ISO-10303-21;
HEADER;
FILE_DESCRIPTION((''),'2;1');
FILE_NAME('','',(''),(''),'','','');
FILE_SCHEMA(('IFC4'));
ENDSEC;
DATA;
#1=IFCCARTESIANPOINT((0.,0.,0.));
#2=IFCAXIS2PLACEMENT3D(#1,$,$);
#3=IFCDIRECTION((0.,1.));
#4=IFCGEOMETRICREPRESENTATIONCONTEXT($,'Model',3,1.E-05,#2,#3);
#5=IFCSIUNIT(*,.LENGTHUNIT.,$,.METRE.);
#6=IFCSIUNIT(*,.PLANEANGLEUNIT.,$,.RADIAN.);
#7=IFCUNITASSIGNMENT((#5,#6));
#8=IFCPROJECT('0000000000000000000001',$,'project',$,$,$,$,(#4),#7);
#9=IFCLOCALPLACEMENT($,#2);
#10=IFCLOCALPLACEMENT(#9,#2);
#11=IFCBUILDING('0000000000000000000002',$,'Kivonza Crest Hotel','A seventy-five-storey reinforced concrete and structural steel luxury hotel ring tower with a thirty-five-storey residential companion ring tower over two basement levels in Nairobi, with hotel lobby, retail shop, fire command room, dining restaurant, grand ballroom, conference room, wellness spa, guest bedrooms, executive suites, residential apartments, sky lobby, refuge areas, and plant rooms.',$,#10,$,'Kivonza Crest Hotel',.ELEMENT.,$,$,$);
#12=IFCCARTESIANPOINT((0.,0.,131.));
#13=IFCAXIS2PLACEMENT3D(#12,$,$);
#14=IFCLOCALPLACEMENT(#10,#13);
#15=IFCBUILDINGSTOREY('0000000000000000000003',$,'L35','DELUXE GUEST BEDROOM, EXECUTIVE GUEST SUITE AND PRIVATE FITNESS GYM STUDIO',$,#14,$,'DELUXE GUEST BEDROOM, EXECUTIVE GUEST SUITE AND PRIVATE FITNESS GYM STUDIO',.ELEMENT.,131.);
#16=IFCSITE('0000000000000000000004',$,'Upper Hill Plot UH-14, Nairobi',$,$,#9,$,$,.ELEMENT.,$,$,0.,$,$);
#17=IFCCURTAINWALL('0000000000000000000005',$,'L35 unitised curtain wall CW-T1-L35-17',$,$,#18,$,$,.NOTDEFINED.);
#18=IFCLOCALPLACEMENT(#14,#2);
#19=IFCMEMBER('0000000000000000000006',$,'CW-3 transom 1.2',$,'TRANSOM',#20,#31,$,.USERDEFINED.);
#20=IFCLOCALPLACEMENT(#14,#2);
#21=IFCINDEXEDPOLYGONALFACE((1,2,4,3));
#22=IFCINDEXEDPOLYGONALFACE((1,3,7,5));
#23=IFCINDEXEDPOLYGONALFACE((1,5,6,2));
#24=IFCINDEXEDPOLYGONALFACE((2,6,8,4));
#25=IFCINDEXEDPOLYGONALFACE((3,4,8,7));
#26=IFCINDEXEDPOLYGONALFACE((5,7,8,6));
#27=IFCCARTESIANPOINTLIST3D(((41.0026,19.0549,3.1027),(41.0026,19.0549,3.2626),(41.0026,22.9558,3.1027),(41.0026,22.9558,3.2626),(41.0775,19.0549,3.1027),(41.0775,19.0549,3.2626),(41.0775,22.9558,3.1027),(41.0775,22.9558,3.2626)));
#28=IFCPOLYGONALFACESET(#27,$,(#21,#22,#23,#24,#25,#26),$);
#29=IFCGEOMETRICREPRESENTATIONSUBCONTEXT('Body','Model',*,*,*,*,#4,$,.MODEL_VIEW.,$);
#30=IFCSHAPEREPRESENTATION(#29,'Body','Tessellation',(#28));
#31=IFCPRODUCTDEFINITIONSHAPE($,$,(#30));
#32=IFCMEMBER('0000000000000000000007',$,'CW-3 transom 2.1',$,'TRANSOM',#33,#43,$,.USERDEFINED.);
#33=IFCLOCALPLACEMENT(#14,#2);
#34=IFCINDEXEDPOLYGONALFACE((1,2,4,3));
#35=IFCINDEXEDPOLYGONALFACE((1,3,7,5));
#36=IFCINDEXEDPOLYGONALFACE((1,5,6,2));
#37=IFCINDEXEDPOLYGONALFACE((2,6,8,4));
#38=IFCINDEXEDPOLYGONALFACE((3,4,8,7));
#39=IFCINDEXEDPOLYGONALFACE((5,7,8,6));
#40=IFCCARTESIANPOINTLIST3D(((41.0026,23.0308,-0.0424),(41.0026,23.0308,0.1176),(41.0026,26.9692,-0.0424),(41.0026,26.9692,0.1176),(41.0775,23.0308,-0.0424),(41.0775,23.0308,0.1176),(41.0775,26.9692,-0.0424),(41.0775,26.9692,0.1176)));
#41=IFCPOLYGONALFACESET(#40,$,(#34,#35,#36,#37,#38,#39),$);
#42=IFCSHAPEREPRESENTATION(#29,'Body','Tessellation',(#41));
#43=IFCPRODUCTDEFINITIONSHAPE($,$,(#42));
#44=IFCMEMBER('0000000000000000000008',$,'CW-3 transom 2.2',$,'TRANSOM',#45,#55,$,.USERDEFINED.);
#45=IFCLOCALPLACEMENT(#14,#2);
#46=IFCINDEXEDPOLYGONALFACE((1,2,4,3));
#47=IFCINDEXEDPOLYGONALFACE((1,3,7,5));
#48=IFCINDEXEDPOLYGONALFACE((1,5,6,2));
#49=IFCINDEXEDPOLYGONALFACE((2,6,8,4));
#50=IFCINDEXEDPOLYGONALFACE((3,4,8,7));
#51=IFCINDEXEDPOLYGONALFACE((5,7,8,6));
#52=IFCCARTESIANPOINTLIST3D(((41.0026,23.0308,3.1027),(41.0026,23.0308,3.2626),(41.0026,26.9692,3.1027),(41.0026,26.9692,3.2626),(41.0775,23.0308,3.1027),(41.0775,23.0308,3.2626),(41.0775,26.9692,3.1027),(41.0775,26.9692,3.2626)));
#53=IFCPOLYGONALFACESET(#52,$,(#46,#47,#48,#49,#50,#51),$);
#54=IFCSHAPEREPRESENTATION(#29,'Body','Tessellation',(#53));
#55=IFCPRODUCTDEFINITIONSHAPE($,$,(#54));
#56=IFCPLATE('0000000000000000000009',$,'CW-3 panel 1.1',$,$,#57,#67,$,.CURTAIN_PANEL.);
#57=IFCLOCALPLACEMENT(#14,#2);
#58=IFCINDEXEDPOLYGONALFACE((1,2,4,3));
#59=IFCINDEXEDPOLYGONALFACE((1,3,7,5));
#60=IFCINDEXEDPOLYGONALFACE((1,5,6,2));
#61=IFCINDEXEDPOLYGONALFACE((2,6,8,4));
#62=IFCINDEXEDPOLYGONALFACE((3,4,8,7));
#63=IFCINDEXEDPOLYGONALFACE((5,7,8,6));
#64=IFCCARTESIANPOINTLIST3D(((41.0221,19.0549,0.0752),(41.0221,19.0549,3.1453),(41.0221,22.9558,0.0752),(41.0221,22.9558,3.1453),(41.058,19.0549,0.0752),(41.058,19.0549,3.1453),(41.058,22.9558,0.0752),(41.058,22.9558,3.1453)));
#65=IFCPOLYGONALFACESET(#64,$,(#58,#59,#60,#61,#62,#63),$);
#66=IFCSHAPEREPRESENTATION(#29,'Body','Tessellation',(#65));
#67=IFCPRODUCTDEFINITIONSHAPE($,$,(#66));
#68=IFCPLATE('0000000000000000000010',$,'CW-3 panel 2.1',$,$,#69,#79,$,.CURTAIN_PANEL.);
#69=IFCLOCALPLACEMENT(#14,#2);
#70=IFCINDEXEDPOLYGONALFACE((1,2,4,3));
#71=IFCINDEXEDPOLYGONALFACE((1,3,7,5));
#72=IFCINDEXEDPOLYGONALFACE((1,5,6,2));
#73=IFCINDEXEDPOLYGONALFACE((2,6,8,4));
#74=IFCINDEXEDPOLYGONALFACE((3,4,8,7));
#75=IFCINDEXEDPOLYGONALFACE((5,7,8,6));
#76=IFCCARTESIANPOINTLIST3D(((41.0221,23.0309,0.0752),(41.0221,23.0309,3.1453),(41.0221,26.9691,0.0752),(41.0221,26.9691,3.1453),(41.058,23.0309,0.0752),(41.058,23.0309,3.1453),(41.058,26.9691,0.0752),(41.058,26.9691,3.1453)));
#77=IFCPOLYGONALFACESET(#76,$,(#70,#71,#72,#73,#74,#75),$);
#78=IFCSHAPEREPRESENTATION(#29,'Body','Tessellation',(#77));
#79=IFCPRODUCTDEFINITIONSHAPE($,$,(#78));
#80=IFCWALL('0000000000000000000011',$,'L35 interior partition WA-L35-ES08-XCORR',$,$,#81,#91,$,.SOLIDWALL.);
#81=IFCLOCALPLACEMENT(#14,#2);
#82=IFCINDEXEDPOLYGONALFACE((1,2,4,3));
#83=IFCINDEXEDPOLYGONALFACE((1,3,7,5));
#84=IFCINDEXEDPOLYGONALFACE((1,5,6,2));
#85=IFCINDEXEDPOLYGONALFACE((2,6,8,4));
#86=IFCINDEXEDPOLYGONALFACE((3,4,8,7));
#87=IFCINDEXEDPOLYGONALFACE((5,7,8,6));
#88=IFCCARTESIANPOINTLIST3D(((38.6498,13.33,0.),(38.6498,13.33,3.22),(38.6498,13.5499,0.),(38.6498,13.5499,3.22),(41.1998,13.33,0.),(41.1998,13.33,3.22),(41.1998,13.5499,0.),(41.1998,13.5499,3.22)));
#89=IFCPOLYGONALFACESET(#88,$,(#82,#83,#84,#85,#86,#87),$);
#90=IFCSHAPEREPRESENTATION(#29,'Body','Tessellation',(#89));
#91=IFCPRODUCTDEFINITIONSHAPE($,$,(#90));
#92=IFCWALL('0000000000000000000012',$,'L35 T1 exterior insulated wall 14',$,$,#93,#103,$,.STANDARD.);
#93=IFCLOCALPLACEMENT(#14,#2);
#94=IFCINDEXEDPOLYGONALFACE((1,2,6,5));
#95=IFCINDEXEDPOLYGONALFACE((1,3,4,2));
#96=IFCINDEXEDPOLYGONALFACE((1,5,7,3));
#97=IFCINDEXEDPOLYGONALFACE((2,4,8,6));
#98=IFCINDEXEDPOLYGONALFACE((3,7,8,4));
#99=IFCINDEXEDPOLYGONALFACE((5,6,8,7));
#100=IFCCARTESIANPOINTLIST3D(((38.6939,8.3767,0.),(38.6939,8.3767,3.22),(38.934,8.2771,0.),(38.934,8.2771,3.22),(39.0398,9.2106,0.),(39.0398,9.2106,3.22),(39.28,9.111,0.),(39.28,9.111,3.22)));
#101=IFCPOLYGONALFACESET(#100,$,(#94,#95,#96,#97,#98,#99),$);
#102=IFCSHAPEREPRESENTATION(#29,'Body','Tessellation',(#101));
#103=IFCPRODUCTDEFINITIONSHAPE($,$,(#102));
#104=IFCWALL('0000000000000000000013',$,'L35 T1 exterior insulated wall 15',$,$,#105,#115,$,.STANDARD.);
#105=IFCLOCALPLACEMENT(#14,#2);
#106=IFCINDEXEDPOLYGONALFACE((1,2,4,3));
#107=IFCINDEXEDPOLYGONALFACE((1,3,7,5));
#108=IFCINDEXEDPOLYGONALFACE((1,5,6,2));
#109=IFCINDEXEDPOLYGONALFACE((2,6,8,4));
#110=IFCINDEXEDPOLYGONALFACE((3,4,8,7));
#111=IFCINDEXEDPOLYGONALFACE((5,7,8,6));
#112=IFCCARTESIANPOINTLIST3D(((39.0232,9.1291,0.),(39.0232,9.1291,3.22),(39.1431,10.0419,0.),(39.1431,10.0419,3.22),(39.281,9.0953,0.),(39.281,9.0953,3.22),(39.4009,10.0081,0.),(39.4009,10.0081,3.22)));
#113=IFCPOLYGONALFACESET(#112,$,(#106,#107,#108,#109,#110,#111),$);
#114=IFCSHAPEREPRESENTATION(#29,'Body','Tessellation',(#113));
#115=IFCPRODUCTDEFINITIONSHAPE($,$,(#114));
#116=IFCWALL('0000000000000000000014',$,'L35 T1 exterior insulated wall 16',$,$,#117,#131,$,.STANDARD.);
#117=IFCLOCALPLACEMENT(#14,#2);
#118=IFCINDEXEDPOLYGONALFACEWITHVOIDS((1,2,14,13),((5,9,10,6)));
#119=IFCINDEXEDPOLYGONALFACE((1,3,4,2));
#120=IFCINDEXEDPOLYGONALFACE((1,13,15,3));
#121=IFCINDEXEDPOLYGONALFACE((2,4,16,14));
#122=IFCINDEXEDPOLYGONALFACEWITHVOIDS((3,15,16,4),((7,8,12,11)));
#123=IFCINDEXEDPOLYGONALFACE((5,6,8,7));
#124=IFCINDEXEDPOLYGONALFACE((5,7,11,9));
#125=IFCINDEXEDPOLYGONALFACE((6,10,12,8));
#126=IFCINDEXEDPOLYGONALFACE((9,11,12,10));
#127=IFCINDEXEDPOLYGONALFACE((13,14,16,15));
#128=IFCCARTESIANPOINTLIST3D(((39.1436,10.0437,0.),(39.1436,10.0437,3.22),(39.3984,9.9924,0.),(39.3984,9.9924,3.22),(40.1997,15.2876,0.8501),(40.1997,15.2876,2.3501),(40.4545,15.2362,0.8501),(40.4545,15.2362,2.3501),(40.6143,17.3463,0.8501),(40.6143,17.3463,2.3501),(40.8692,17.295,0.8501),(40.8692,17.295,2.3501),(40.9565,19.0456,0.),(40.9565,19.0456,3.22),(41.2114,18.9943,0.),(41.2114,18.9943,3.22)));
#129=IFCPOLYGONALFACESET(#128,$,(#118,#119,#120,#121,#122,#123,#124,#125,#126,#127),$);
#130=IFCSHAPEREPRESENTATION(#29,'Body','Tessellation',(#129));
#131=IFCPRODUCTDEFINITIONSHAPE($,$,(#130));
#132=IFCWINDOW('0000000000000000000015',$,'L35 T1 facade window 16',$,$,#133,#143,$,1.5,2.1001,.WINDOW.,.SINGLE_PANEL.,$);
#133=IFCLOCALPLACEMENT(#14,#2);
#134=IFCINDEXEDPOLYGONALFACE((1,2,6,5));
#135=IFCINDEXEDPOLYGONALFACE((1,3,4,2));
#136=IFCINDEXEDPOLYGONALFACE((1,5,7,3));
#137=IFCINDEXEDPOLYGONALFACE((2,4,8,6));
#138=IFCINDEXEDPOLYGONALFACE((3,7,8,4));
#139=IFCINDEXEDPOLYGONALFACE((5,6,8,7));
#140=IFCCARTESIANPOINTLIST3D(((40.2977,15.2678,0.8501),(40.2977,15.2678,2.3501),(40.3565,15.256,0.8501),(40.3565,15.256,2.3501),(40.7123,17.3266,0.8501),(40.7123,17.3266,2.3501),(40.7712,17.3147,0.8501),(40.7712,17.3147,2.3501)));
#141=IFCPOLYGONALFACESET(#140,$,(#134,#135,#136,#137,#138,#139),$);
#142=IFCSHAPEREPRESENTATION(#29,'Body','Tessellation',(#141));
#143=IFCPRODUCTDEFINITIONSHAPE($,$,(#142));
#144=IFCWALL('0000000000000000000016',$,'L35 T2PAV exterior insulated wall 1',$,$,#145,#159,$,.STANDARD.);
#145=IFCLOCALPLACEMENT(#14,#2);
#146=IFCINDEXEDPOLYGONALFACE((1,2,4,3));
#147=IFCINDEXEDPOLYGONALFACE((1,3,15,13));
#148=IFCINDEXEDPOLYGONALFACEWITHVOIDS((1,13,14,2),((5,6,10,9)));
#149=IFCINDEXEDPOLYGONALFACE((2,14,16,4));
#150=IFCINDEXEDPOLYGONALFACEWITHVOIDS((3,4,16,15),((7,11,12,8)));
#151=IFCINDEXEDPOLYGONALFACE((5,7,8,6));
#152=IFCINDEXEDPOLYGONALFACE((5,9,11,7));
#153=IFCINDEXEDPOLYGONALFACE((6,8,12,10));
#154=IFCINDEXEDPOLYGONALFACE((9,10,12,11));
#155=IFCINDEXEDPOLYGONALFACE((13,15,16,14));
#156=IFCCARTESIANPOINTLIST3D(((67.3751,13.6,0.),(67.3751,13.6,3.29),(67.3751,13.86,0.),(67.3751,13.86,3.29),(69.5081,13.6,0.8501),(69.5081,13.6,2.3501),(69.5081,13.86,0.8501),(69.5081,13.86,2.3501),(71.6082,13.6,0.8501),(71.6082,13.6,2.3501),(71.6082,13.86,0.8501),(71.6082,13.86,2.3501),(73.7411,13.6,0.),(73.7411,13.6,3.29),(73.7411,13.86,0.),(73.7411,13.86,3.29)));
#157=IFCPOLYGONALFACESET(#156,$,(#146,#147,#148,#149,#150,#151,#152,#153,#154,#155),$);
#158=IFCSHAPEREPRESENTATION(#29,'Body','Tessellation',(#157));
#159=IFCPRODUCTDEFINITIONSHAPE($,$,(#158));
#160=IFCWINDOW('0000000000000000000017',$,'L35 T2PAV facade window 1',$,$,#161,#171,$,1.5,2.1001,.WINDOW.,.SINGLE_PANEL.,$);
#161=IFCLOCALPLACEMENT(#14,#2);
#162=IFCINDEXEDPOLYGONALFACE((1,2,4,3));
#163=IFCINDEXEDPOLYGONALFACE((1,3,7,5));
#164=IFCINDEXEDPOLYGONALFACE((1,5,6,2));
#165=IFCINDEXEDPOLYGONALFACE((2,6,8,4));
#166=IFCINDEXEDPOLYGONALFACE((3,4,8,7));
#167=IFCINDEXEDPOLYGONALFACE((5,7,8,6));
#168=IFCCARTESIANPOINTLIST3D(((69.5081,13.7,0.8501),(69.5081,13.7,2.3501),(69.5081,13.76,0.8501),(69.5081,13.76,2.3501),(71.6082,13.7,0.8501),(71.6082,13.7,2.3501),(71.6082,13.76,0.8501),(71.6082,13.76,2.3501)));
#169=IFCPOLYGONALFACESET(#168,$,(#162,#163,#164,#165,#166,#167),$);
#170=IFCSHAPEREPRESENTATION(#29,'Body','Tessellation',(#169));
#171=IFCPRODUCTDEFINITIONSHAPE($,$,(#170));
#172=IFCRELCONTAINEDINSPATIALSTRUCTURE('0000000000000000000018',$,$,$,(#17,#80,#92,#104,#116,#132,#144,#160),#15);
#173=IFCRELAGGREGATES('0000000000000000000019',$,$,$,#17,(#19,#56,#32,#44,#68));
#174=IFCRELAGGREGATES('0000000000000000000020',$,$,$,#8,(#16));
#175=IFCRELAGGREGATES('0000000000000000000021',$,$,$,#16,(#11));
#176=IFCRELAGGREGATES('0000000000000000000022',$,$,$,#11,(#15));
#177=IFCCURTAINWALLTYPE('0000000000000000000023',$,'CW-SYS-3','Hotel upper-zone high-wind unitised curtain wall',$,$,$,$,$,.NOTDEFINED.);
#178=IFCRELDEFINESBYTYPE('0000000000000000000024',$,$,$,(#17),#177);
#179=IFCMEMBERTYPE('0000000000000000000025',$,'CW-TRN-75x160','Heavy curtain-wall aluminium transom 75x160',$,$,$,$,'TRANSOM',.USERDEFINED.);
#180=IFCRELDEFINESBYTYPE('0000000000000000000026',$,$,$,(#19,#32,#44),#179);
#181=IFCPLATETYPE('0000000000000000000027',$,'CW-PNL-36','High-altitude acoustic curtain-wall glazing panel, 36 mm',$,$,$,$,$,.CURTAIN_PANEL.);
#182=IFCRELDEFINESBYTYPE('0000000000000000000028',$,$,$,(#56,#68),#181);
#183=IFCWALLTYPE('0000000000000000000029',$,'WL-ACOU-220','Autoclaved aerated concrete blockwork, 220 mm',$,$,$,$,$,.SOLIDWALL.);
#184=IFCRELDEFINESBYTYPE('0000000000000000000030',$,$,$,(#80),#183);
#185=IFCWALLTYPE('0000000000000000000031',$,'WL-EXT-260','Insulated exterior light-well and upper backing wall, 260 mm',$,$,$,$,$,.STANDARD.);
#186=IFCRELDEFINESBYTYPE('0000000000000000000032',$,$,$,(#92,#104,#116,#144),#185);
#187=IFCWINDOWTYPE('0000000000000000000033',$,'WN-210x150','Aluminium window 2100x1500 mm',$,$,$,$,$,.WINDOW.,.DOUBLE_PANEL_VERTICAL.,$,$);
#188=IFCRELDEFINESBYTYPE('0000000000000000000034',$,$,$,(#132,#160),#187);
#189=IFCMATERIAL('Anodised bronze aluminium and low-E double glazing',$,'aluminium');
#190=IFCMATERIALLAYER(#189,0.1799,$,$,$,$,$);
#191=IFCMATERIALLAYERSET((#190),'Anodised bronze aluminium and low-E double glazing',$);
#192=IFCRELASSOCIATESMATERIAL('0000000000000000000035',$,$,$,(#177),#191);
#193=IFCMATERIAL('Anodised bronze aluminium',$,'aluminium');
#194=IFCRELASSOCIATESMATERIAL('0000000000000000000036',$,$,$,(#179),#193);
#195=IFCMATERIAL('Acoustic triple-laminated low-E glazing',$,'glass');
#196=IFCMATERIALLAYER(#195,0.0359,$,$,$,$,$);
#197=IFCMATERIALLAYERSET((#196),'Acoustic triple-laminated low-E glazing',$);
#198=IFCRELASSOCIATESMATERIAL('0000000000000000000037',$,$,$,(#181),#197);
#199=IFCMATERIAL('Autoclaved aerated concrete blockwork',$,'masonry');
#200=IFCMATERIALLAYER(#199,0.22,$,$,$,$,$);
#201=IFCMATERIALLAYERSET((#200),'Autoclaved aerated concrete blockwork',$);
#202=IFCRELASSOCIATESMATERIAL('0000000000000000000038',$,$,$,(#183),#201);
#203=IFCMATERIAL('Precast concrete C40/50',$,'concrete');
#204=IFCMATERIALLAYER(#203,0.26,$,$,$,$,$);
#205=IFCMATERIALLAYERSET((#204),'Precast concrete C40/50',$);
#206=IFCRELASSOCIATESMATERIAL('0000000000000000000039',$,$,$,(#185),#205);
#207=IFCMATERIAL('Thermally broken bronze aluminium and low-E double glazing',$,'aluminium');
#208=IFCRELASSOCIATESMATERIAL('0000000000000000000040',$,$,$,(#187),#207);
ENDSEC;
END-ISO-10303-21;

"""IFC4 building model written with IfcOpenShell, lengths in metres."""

from ifc_helpers import new_model, si_unit, direction, frame, frame_2d, origin, origin_2d, place, context, subcontext, project, spatial, rectangle, extrude, material, layer, layer_set, material_profile, profile_set, type_object, element, fill, aggregate, save


model = new_model("IFC4")

# Units and contexts
model_context = context("Model", 3, precision=1e-05, world=origin(), true_north=direction((0.0, 1.0)))
body_context = subcontext(model_context, "Body", "Model", "MODEL_VIEW")
ifc_project = project(units=[si_unit("LENGTHUNIT", "METRE"), si_unit("PLANEANGLEUNIT", "RADIAN")], contexts=[model_context])

# Site, building, storey
site_placement = place(None, origin())
site = spatial("IfcSite", under=ifc_project, at=site_placement, Name="Upper Hill Plot UH-14, Nairobi", CompositionType="ELEMENT", RefElevation=0.0)
building_placement = place(site_placement, origin())
building = spatial("IfcBuilding", under=site, at=building_placement, Name="Kivonza Crest Hotel", Description="A seventy-five-storey reinforced concrete and structural steel luxury hotel ring tower with a thirty-five-storey residential companion ring tower over two basement levels in Nairobi, with hotel lobby, retail shop, fire command room, dining restaurant, grand ballroom, conference room, wellness spa, guest bedrooms, executive suites, residential apartments, sky lobby, refuge areas, and plant rooms.", LongName="Kivonza Crest Hotel", CompositionType="ELEMENT")
storey_placement = place(building_placement, frame((0.0, 0.0, 131.0)))
storey = spatial("IfcBuildingStorey", under=building, at=storey_placement, Name="L35", Description="DELUXE GUEST BEDROOM, EXECUTIVE GUEST SUITE AND PRIVATE FITNESS GYM STUDIO", LongName="DELUXE GUEST BEDROOM, EXECUTIVE GUEST SUITE AND PRIVATE FITNESS GYM STUDIO", CompositionType="ELEMENT", Elevation=131.0)

# Curtain wall, members, plates
ifc_material_1 = material(Name="Anodised bronze aluminium and low-E double glazing", Category="aluminium")
ifc_layer_1 = layer(ifc_material_1, 0.1799)
ifc_layer_set_1 = layer_set([ifc_layer_1], Name="Anodised bronze aluminium and low-E double glazing")
curtain_wall_type = type_object("IfcCurtainWallType", Name="CW-SYS-3", Description="Hotel upper-zone high-wind unitised curtain wall", PredefinedType="NOTDEFINED", material=ifc_layer_set_1)
curtain_wall_placement = place(storey_placement, origin())
curtain_wall = element("IfcCurtainWall", 1, at=curtain_wall_placement, inside=storey, type_object=curtain_wall_type, Name="L35 unitised curtain wall CW-T1-L35-17", PredefinedType="NOTDEFINED")
ifc_material_2 = material(Name="Anodised bronze aluminium", Category="aluminium")
ifc_material_profile_1 = material_profile(ifc_material_2, rectangle(XDim=0.075, YDim=0.1599, at=origin_2d()), Name="CW-T 75x160")
ifc_profile_set_1 = profile_set([ifc_material_profile_1], Name="Anodised bronze aluminium")
member_type_1 = type_object("IfcMemberType", Name="CW-TRN-75x160", Description="Heavy curtain-wall aluminium transom 75x160", ElementType="TRANSOM", PredefinedType="USERDEFINED", material=ifc_profile_set_1)
member_1_placement = place(storey_placement, frame((41.04, 19.0549, 3.1826), z_axis=(0.0, 1.0, 0.0), x_axis=(-1.0, 0.0, 0.0)))
member_1 = element("IfcMember", 2, at=member_1_placement, type_object=member_type_1, Name="CW-3 transom 1.2", ObjectType="TRANSOM", PredefinedType="USERDEFINED", context=body_context, shape_type="SweptSolid", body=[
    extrude(rectangle(XDim=0.075, YDim=0.1599, at=origin_2d()), origin(), (0.0, 0.0, 1.0), 3.9009),
])
member_2_placement = place(storey_placement, frame((41.04, 23.0308, 0.0376), z_axis=(0.0, 1.0, 0.0), x_axis=(-1.0, 0.0, 0.0)))
member_2 = element("IfcMember", 3, at=member_2_placement, type_object=member_type_1, Name="CW-3 transom 2.1", ObjectType="TRANSOM", PredefinedType="USERDEFINED", context=body_context, shape_type="SweptSolid", body=[
    extrude(rectangle(XDim=0.075, YDim=0.1599, at=origin_2d()), origin(), (0.0, 0.0, 1.0), 3.9385),
])
member_3_placement = place(storey_placement, frame((41.04, 23.0308, 3.1826), z_axis=(0.0, 1.0, 0.0), x_axis=(-1.0, 0.0, 0.0)))
member_3 = element("IfcMember", 4, at=member_3_placement, type_object=member_type_1, Name="CW-3 transom 2.2", ObjectType="TRANSOM", PredefinedType="USERDEFINED", context=body_context, shape_type="SweptSolid", body=[
    extrude(rectangle(XDim=0.075, YDim=0.1599, at=origin_2d()), origin(), (0.0, 0.0, 1.0), 3.9385),
])
ifc_material_3 = material(Name="Acoustic triple-laminated low-E glazing", Category="glass")
ifc_layer_2 = layer(ifc_material_3, 0.0359)
ifc_layer_set_2 = layer_set([ifc_layer_2], Name="Acoustic triple-laminated low-E glazing")
plate_type = type_object("IfcPlateType", Name="CW-PNL-36", Description="High-altitude acoustic curtain-wall glazing panel, 36 mm", PredefinedType="CURTAIN_PANEL", material=ifc_layer_set_2)
plate_1_placement = place(storey_placement, frame((41.04, 21.0054, 0.0752), z_axis=(0.0, 0.0, 1.0), x_axis=(0.0, 1.0, 0.0)))
plate_1 = element("IfcPlate", 5, at=plate_1_placement, type_object=plate_type, Name="CW-3 panel 1.1", PredefinedType="CURTAIN_PANEL", context=body_context, shape_type="SweptSolid", body=[
    extrude(rectangle(XDim=3.9009, YDim=0.0359, at=origin_2d()), origin(), (0.0, 0.0, 1.0), 3.0701),
])
plate_2_placement = place(storey_placement, frame((41.04, 25.0, 0.0752), z_axis=(0.0, 0.0, 1.0), x_axis=(0.0, 1.0, 0.0)))
plate_2 = element("IfcPlate", 6, at=plate_2_placement, type_object=plate_type, Name="CW-3 panel 2.1", PredefinedType="CURTAIN_PANEL", context=body_context, shape_type="SweptSolid", body=[
    extrude(rectangle(XDim=3.9382, YDim=0.0359, at=origin_2d()), origin(), (0.0, 0.0, 1.0), 3.0701),
])
aggregate(curtain_wall, [member_1, plate_1, member_2, member_3, plate_2])

# Walls
ifc_material_4 = material(Name="Autoclaved aerated concrete blockwork", Category="masonry")
ifc_layer_3 = layer(ifc_material_4, 0.22)
ifc_layer_set_3 = layer_set([ifc_layer_3], Name="Autoclaved aerated concrete blockwork")
wall_type_1 = type_object("IfcWallType", Name="WL-ACOU-220", Description="Autoclaved aerated concrete blockwork, 220 mm", PredefinedType="SOLIDWALL", material=ifc_layer_set_3)
wall_1_placement = place(storey_placement, frame((38.6499, 13.4399, 0.0), z_axis=(0.0, 0.0, 1.0), x_axis=(1.0, 0.0, 0.0)))
element("IfcWall", 7, at=wall_1_placement, inside=storey, type_object=wall_type_1, Name="L35 interior partition WA-L35-ES08-XCORR", PredefinedType="SOLIDWALL", context=body_context, shape_type="SweptSolid", body=[
    extrude(rectangle(XDim=2.55, YDim=0.22, at=frame_2d((1.2749, 0.0))), origin(), (0.0, 0.0, 1.0), 3.22),
])
ifc_material_5 = material(Name="Precast concrete C40/50", Category="concrete")
ifc_layer_4 = layer(ifc_material_5, 0.26)
ifc_layer_set_4 = layer_set([ifc_layer_4], Name="Precast concrete C40/50")
wall_type_2 = type_object("IfcWallType", Name="WL-EXT-260", Description="Insulated exterior light-well and upper backing wall, 260 mm", PredefinedType="STANDARD", material=ifc_layer_set_4)
wall_2_placement = place(storey_placement, frame((38.814, 8.3269, 0.0), z_axis=(0.0, 0.0, 1.0), x_axis=(0.383156, 0.923684, 0.0)))
element("IfcWall", 8, at=wall_2_placement, inside=storey, type_object=wall_type_2, Name="L35 T1 exterior insulated wall 14", PredefinedType="STANDARD", context=body_context, shape_type="SweptSolid", body=[
    extrude(rectangle(XDim=0.9028, YDim=0.26, at=frame_2d((0.4514, 0.0))), origin(), (0.0, 0.0, 1.0), 3.22),
])
wall_3_placement = place(storey_placement, frame((39.1521, 9.1121, 0.0), z_axis=(0.0, 0.0, 1.0), x_axis=(0.130201, 0.991488, 0.0)))
element("IfcWall", 9, at=wall_3_placement, inside=storey, type_object=wall_type_2, Name="L35 T1 exterior insulated wall 15", PredefinedType="STANDARD", context=body_context, shape_type="SweptSolid", body=[
    extrude(rectangle(XDim=0.9207, YDim=0.26, at=frame_2d((0.4604, 0.0))), origin(), (0.0, 0.0, 1.0), 3.22),
])

# Walls, openings, windows
wall_4_placement = place(storey_placement, frame((39.271, 10.0181, 0.0), z_axis=(0.0, 0.0, 1.0), x_axis=(0.197435, 0.980316, 0.0)))
wall_4 = element("IfcWall", 10, at=wall_4_placement, inside=storey, type_object=wall_type_2, Name="L35 T1 exterior insulated wall 16", PredefinedType="STANDARD", context=body_context, shape_type="SweptSolid", body=[
    extrude(rectangle(XDim=9.1826, YDim=0.26, at=frame_2d((4.5913, 0.0))), origin(), (0.0, 0.0, 1.0), 3.22),
])
opening_1_placement = place(wall_4_placement, frame((5.3491, 0.0, 0.8501)))
opening_1 = element("IfcOpeningElement", 11, at=opening_1_placement, cuts=wall_4, PredefinedType="OPENING", context=body_context, shape_type="SweptSolid", body=[
    extrude(rectangle(XDim=2.1001, YDim=1.5, at=frame_2d((1.05, 0.75))), frame((0.0, 0.1401, 0.0), z_axis=(0.0, -1.0, 0.0), x_axis=(1.0, 0.0, 0.0)), (0.0, 0.0, 1.0), 0.28),
])
ifc_material_6 = material(Name="Thermally broken bronze aluminium and low-E double glazing", Category="aluminium")
window_type = type_object("IfcWindowType", Name="WN-210x150", Description="Aluminium window 2100x1500 mm", PartitioningType="DOUBLE_PANEL_VERTICAL", PredefinedType="WINDOW", material=ifc_material_6)
window_1_placement = place(opening_1_placement, origin())
window_1 = element("IfcWindow", 12, at=window_1_placement, inside=storey, type_object=window_type, Name="L35 T1 facade window 16", OverallHeight=1.5, OverallWidth=2.1001, PartitioningType="SINGLE_PANEL", PredefinedType="WINDOW", context=body_context, shape_type="SweptSolid", body=[
    extrude(rectangle(XDim=2.1001, YDim=1.5, at=frame_2d((1.05, 0.75))), frame((0.0, 0.03, 0.0), z_axis=(0.0, -1.0, 0.0), x_axis=(1.0, 0.0, 0.0)), (0.0, 0.0, 1.0), 0.0601),
])
fill(opening_1, window_1)
wall_5_placement = place(storey_placement, frame((67.375, 13.73, 0.0), z_axis=(0.0, 0.0, 1.0), x_axis=(1.0, 0.0, 0.0)))
wall_5 = element("IfcWall", 13, at=wall_5_placement, inside=storey, type_object=wall_type_2, Name="L35 T2PAV exterior insulated wall 1", PredefinedType="STANDARD", context=body_context, shape_type="SweptSolid", body=[
    extrude(rectangle(XDim=6.366, YDim=0.26, at=frame_2d((3.1831, 0.0))), origin(), (0.0, 0.0, 1.0), 3.29),
])
opening_2_placement = place(wall_5_placement, frame((2.1331, 0.0, 0.8501)))
opening_2 = element("IfcOpeningElement", 14, at=opening_2_placement, cuts=wall_5, PredefinedType="OPENING", context=body_context, shape_type="SweptSolid", body=[
    extrude(rectangle(XDim=2.1001, YDim=1.5, at=frame_2d((1.05, 0.75))), frame((0.0, 0.1401, 0.0), z_axis=(0.0, -1.0, 0.0), x_axis=(1.0, 0.0, 0.0)), (0.0, 0.0, 1.0), 0.28),
])
window_2_placement = place(opening_2_placement, origin())
window_2 = element("IfcWindow", 15, at=window_2_placement, inside=storey, type_object=window_type, Name="L35 T2PAV facade window 1", OverallHeight=1.5, OverallWidth=2.1001, PartitioningType="SINGLE_PANEL", PredefinedType="WINDOW", context=body_context, shape_type="SweptSolid", body=[
    extrude(rectangle(XDim=2.1001, YDim=1.5, at=frame_2d((1.05, 0.75))), frame((0.0, 0.03, 0.0), z_axis=(0.0, -1.0, 0.0), x_axis=(1.0, 0.0, 0.0)), (0.0, 0.0, 1.0), 0.0601),
])
fill(opening_2, window_2)

save(model, "model.ifc")
